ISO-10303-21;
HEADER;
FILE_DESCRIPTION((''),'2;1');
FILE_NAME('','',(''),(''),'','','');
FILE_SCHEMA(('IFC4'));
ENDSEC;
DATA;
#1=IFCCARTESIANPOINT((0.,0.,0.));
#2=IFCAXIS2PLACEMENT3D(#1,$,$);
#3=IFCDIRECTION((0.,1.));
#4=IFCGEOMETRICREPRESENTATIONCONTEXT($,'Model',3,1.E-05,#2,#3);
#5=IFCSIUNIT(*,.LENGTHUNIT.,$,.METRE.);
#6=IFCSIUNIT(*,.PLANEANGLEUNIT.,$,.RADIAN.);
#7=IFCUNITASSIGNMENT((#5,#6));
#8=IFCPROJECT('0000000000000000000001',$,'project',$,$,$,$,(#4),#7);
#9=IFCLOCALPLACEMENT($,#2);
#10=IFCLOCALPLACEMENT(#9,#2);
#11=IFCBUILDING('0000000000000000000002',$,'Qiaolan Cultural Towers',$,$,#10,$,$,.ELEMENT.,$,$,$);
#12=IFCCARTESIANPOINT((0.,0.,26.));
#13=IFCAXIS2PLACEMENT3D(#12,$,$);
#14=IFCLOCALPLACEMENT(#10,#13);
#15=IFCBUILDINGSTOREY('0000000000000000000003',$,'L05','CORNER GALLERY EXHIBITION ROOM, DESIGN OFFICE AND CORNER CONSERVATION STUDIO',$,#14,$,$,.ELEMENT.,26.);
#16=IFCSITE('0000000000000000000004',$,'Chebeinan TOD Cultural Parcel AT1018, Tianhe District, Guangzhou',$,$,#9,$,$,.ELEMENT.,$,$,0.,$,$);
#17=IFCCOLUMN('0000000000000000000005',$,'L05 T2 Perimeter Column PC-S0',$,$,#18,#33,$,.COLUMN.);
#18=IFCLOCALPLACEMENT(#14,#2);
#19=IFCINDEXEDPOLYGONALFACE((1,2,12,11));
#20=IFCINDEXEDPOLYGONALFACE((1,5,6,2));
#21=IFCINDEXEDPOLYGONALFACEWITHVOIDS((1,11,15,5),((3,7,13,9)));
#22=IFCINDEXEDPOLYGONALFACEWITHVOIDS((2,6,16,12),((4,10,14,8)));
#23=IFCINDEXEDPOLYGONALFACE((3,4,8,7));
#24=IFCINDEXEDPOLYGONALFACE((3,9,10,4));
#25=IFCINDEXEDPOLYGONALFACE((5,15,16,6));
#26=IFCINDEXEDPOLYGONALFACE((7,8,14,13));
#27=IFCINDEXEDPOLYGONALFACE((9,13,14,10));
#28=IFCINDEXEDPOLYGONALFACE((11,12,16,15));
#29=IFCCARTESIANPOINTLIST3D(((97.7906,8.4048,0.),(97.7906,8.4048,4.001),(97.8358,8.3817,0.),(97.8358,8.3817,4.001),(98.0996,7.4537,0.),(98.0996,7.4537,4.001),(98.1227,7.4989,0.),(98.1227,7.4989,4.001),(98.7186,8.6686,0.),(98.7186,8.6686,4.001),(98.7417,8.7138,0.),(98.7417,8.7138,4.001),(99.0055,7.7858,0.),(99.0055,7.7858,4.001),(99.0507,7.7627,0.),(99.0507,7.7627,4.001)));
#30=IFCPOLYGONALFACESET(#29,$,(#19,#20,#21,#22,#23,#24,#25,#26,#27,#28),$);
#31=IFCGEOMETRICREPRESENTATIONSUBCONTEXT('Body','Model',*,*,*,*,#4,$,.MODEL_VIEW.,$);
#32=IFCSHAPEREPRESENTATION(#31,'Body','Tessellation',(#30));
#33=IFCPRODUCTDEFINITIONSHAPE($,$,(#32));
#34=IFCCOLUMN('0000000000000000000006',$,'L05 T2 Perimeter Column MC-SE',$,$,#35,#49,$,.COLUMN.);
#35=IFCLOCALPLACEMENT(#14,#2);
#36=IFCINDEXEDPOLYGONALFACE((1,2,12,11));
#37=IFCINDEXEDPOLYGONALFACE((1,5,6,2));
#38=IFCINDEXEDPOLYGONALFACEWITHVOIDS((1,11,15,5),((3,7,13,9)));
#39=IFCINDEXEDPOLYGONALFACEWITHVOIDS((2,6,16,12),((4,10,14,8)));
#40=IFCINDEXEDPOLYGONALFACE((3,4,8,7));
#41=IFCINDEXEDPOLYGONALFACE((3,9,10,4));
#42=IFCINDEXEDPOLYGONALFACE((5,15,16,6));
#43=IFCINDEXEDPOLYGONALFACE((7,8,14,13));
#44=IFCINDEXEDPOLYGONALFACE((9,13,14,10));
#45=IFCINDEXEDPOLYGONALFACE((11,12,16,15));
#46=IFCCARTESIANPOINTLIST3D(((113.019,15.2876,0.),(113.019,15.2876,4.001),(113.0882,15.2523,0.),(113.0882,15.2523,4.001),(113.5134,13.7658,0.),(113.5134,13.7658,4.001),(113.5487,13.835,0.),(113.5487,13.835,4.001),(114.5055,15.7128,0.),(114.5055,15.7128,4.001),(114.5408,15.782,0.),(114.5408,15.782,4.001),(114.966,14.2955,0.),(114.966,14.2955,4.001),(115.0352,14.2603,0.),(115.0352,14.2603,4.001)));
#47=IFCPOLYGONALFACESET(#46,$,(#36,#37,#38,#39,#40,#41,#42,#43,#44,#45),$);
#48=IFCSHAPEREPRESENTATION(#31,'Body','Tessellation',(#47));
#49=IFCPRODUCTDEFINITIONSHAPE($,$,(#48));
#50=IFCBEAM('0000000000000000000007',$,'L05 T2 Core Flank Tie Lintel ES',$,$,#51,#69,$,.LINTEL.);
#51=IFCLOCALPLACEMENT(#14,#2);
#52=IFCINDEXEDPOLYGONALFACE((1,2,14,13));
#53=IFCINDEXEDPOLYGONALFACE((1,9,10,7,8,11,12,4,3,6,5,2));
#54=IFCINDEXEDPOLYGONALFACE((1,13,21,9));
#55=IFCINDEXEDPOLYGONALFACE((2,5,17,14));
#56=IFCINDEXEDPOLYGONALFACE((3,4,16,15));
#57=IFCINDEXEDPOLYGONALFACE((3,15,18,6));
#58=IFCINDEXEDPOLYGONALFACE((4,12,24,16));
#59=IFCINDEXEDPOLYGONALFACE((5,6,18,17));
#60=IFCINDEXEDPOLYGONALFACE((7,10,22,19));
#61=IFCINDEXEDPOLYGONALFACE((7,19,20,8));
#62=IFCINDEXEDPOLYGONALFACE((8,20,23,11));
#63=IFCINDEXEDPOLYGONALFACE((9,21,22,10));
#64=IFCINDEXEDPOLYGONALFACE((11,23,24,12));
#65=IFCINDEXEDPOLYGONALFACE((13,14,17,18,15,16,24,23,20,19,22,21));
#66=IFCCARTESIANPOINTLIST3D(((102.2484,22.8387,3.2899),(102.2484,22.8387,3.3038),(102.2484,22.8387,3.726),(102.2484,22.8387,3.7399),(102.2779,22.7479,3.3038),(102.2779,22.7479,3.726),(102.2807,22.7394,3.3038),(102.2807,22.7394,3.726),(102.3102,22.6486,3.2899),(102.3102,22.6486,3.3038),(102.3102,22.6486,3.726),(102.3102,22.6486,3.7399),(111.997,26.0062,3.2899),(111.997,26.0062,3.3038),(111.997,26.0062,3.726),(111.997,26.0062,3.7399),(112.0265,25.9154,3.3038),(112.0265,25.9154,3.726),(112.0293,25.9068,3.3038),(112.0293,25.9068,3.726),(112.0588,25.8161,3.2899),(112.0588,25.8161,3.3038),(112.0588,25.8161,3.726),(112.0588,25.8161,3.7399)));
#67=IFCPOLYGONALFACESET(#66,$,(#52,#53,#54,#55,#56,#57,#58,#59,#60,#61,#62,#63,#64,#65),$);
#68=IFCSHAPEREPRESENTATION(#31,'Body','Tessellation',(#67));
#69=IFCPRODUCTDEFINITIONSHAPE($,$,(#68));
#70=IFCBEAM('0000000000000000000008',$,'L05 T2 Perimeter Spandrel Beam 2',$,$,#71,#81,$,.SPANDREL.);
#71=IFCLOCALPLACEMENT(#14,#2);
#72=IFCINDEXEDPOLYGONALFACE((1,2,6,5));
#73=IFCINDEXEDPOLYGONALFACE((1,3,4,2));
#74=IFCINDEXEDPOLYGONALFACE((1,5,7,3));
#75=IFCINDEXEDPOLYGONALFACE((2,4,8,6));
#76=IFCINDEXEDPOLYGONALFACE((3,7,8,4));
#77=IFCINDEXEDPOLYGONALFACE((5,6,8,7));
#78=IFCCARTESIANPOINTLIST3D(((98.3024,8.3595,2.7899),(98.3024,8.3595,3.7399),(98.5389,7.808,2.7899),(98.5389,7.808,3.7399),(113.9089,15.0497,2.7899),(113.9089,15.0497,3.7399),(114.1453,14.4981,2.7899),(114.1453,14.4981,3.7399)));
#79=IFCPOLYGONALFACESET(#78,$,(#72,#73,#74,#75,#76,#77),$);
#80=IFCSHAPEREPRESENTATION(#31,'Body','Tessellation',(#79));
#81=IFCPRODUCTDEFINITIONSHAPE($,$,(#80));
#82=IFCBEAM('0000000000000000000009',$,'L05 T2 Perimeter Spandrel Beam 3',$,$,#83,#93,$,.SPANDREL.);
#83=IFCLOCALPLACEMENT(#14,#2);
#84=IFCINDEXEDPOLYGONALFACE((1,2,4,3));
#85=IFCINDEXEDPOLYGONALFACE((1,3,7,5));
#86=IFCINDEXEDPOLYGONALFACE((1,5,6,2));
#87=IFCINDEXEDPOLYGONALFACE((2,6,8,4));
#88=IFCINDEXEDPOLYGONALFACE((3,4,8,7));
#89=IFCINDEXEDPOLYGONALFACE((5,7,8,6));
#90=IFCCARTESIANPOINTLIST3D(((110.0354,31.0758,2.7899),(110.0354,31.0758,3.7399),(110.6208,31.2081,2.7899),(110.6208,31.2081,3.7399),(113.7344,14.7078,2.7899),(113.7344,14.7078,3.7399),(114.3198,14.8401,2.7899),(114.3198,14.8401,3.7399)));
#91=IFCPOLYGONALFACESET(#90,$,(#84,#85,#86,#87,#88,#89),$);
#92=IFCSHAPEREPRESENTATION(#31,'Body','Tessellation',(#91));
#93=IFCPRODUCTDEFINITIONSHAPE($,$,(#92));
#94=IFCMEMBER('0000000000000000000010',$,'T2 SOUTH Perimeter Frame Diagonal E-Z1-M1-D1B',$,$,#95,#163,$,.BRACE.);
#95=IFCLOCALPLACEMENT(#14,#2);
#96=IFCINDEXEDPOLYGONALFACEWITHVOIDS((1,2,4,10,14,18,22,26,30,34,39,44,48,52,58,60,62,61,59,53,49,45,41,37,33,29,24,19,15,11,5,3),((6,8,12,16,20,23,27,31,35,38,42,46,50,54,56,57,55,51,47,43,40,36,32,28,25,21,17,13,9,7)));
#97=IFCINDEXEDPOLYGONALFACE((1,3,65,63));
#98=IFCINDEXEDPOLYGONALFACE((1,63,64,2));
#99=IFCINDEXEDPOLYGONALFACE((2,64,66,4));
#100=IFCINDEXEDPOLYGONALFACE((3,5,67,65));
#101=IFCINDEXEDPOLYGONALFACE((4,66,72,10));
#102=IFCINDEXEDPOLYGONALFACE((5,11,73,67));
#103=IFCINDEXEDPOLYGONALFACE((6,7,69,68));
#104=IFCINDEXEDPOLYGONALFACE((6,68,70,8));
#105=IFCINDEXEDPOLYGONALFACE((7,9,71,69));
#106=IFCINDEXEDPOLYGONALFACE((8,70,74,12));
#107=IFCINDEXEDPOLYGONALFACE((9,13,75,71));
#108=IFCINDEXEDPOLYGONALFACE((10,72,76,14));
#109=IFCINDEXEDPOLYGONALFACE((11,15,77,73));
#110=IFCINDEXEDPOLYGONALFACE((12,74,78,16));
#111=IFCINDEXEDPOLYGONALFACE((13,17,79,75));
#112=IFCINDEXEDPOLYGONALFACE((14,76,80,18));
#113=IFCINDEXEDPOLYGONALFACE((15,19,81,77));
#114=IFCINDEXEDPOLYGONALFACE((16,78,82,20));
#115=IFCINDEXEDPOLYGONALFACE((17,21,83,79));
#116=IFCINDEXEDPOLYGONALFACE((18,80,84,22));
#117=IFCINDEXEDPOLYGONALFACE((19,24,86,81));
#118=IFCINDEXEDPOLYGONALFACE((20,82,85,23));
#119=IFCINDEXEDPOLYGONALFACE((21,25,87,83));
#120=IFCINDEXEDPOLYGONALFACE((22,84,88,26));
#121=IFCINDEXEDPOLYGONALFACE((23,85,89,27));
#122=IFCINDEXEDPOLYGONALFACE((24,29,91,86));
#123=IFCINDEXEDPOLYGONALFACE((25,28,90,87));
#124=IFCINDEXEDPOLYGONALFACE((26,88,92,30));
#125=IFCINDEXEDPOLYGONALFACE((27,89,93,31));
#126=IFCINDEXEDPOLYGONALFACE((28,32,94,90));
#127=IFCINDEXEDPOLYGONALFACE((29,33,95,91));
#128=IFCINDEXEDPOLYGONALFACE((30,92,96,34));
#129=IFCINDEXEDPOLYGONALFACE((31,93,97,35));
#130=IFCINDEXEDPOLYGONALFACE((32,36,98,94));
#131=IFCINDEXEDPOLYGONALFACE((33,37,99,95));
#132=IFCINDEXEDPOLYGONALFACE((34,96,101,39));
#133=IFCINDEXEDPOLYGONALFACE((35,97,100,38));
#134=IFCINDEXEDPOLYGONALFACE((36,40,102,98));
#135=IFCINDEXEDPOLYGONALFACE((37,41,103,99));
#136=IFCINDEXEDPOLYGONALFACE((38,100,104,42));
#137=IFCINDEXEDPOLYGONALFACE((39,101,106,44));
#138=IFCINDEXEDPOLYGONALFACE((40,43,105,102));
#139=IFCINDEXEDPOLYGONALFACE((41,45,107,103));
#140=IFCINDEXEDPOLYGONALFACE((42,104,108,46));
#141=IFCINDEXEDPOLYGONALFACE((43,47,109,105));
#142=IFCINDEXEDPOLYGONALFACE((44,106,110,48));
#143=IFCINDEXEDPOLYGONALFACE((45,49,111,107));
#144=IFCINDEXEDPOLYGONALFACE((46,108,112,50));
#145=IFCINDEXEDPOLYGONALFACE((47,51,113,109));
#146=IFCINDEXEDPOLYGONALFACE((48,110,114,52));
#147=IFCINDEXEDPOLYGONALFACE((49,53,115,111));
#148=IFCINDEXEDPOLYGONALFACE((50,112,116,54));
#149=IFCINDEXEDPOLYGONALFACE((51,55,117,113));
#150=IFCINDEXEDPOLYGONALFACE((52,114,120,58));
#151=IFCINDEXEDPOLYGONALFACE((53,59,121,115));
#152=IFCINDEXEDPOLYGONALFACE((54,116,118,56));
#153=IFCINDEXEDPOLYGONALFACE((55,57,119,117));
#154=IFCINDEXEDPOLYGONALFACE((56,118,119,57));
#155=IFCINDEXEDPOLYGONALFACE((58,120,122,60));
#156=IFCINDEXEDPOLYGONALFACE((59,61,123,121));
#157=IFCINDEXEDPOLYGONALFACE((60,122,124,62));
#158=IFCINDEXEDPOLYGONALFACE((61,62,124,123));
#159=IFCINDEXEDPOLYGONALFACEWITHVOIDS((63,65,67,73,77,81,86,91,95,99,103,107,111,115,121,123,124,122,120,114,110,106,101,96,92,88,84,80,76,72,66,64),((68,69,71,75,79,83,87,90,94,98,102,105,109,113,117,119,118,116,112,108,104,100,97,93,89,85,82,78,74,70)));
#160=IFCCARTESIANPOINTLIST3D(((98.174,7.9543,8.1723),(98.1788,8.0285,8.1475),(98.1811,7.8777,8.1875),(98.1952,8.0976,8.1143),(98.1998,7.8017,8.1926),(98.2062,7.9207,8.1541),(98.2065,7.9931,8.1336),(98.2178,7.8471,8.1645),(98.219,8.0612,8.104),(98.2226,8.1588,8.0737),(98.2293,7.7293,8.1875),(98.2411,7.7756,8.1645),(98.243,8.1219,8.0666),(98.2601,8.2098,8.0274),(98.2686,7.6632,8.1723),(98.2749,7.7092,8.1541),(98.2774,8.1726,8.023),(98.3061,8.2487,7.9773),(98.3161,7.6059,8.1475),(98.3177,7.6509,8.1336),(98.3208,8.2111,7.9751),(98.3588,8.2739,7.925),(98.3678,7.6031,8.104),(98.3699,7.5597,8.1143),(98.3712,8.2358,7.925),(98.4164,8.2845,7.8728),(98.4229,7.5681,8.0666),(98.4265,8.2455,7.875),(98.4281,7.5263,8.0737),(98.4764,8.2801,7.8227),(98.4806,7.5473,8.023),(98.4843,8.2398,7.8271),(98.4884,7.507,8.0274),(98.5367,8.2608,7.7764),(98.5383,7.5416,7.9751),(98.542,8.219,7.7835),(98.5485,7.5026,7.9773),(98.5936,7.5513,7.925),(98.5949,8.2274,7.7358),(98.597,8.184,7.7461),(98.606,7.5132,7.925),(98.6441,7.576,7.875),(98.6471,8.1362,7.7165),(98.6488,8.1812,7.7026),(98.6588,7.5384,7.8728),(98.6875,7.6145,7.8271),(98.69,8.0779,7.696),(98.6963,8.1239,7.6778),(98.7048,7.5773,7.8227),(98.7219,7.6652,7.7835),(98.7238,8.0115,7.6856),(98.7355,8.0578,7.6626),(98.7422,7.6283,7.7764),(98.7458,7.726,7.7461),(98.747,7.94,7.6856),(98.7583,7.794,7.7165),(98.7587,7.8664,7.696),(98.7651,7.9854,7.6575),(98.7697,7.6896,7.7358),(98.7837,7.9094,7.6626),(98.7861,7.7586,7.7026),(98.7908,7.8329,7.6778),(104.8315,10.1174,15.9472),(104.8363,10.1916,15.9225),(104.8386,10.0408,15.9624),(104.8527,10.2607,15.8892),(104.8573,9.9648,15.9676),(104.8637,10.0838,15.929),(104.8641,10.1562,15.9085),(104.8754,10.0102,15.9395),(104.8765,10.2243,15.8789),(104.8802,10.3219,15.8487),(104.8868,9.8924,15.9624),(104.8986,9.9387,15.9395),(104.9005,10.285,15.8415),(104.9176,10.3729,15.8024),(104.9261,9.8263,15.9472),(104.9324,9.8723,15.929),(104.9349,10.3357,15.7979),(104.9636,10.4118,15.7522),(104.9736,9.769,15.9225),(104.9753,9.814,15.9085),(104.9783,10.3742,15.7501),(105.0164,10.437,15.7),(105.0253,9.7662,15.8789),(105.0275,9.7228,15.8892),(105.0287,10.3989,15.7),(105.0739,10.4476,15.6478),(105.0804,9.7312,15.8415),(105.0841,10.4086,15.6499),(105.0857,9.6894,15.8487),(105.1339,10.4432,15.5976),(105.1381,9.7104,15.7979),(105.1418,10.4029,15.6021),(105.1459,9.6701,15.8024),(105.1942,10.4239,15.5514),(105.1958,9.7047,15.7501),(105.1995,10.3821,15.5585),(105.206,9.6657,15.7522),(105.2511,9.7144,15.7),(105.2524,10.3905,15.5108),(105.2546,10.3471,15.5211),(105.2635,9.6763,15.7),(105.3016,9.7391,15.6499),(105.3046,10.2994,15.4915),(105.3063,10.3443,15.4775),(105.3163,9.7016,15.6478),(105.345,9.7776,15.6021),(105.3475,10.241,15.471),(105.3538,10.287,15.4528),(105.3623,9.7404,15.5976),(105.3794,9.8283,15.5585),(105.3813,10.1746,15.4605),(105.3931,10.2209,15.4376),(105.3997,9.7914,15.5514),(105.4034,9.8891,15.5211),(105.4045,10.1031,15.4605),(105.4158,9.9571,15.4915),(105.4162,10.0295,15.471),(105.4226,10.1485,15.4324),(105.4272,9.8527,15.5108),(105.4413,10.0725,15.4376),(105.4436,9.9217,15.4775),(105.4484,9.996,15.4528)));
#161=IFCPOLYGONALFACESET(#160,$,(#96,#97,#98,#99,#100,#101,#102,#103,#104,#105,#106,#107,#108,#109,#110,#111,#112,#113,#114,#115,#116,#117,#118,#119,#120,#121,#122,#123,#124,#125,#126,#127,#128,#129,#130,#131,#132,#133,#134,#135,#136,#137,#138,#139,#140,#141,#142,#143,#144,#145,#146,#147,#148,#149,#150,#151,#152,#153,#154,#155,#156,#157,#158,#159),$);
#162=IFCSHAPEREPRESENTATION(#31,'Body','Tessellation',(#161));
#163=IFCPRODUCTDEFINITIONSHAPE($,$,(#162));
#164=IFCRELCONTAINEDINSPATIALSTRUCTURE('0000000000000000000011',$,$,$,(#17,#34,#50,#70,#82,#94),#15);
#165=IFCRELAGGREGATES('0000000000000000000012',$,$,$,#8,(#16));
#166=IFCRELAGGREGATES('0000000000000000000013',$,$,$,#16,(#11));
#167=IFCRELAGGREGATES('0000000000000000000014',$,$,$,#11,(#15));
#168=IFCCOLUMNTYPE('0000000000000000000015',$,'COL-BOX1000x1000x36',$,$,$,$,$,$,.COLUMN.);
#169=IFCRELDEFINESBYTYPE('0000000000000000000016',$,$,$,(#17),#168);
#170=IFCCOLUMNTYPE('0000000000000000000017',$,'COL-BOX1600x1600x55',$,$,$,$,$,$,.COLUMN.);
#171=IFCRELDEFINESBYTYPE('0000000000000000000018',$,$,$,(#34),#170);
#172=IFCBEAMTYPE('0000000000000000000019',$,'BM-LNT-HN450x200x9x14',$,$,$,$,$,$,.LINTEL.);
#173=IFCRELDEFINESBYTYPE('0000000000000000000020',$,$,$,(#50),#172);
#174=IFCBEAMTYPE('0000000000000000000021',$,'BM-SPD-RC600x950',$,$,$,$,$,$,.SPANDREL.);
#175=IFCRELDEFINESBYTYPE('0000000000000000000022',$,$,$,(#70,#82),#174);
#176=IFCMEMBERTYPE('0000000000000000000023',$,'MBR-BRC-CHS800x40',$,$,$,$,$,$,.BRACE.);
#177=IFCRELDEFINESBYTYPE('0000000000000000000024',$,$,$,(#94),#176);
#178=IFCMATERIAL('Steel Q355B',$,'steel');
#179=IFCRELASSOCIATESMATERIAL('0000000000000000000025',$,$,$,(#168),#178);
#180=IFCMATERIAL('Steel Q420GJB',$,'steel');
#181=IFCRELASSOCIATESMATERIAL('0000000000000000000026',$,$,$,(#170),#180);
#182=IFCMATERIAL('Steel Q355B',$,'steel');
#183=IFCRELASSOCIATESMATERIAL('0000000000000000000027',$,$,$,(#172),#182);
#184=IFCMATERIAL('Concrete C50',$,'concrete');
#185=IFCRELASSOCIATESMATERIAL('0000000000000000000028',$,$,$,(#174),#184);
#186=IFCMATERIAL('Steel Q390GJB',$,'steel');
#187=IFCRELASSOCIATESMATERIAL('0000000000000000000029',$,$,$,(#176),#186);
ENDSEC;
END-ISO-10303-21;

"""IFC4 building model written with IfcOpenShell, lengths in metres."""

from ifc_helpers import new_model, si_unit, direction, frame, origin, origin_2d, place, context, subcontext, project, spatial, rectangle, hollow_rectangle, hollow_circle, i_section, extrude, material, material_profile, profile_set, type_object, element, save


model = new_model("IFC4")

# Units and contexts
model_context = context("Model", 3, precision=1e-05, world=origin(), true_north=direction((0.0, 1.0)))
body_context = subcontext(model_context, "Body", "Model", "MODEL_VIEW")
ifc_project = project(units=[si_unit("LENGTHUNIT", "METRE"), si_unit("PLANEANGLEUNIT", "RADIAN")], contexts=[model_context])

# Site, building, storey
site_placement = place(None, origin())
site = spatial("IfcSite", under=ifc_project, at=site_placement, Name="Chebeinan TOD Cultural Parcel AT1018, Tianhe District, Guangzhou", CompositionType="ELEMENT", RefElevation=0.0)
building_placement = place(site_placement, origin())
building = spatial("IfcBuilding", under=site, at=building_placement, Name="Qiaolan Cultural Towers", CompositionType="ELEMENT")
storey_placement = place(building_placement, frame((0.0, 0.0, 26.0)))
storey = spatial("IfcBuildingStorey", under=building, at=storey_placement, Name="L05", Description="CORNER GALLERY EXHIBITION ROOM, DESIGN OFFICE AND CORNER CONSERVATION STUDIO", CompositionType="ELEMENT", Elevation=26.0)

# Columns
ifc_material_1 = material(Name="Steel Q355B", Category="steel")
ifc_material_profile_1 = material_profile(ifc_material_1, hollow_rectangle(XDim=1.0, YDim=1.0, WallThickness=0.0359, at=origin_2d()), Name="BOX1000x1000x36")
ifc_profile_set_1 = profile_set([ifc_material_profile_1], Name="Steel Q355B")
column_type_1 = type_object("IfcColumnType", Name="COL-BOX1000x1000x36", PredefinedType="COLUMN", material=ifc_profile_set_1)
column_1_placement = place(storey_placement, frame((98.4207, 8.0837, 0.0), z_axis=(0.0, 0.0, 1.0), x_axis=(0.951057, 0.309017, 0.0)))
element("IfcColumn", 1, at=column_1_placement, inside=storey, type_object=column_type_1, Name="L05 T2 Perimeter Column PC-S0", PredefinedType="COLUMN", context=body_context, shape_type="SweptSolid", body=[
    extrude(hollow_rectangle(XDim=1.0, YDim=1.0, WallThickness=0.0359, at=origin_2d()), origin(), (0.0, 0.0, 1.0), 4.001),
])
ifc_material_2 = material(Name="Steel Q420GJB", Category="steel")
ifc_material_profile_2 = material_profile(ifc_material_2, hollow_rectangle(XDim=1.6001, YDim=1.6001, WallThickness=0.0549, at=origin_2d()), Name="BOX1600x1600x55")
ifc_profile_set_2 = profile_set([ifc_material_profile_2], Name="Steel Q420GJB")
column_type_2 = type_object("IfcColumnType", Name="COL-BOX1600x1600x55", PredefinedType="COLUMN", material=ifc_profile_set_2)
column_2_placement = place(storey_placement, frame((114.0271, 14.7739, 0.0), z_axis=(0.0, 0.0, 1.0), x_axis=(0.951057, 0.309017, 0.0)))
element("IfcColumn", 2, at=column_2_placement, inside=storey, type_object=column_type_2, Name="L05 T2 Perimeter Column MC-SE", PredefinedType="COLUMN", context=body_context, shape_type="SweptSolid", body=[
    extrude(hollow_rectangle(XDim=1.6001, YDim=1.6001, WallThickness=0.0549, at=origin_2d()), origin(), (0.0, 0.0, 1.0), 4.001),
])

# Beams
ifc_material_3 = material(Name="Steel Q355B", Category="steel")
ifc_material_profile_3 = material_profile(ifc_material_3, i_section(OverallWidth=0.2, OverallDepth=0.45, WebThickness=0.009, FlangeThickness=0.0139, at=origin_2d()), Name="HN450x200x9x14")
ifc_profile_set_3 = profile_set([ifc_material_profile_3], Name="Steel Q355B")
beam_type_1 = type_object("IfcBeamType", Name="BM-LNT-HN450x200x9x14", PredefinedType="LINTEL", material=ifc_profile_set_3)
beam_1_placement = place(storey_placement, frame((102.2793, 22.7437, 3.5149), z_axis=(0.951057, 0.309016, 0.0), x_axis=(-0.309016, 0.951057, 0.0)))
element("IfcBeam", 3, at=beam_1_placement, inside=storey, type_object=beam_type_1, Name="L05 T2 Core Flank Tie Lintel ES", PredefinedType="LINTEL", context=body_context, shape_type="SweptSolid", body=[
    extrude(i_section(OverallWidth=0.2, OverallDepth=0.45, WebThickness=0.009, FlangeThickness=0.0139, at=origin_2d()), origin(), (0.0, 0.0, 1.0), 10.2502),
])
ifc_material_4 = material(Name="Concrete C50", Category="concrete")
ifc_material_profile_4 = material_profile(ifc_material_4, rectangle(XDim=0.6001, YDim=0.95, at=origin_2d()), Name="RC600x950")
ifc_profile_set_4 = profile_set([ifc_material_profile_4], Name="Concrete C50")
beam_type_2 = type_object("IfcBeamType", Name="BM-SPD-RC600x950", PredefinedType="SPANDREL", material=ifc_profile_set_4)
beam_2_placement = place(storey_placement, frame((98.4207, 8.0837, 3.2649), z_axis=(0.919109, 0.394004, 0.0), x_axis=(-0.394004, 0.919109, 0.0)))
element("IfcBeam", 4, at=beam_2_placement, inside=storey, type_object=beam_type_2, Name="L05 T2 Perimeter Spandrel Beam 2", PredefinedType="SPANDREL", context=body_context, shape_type="SweptSolid", body=[
    extrude(rectangle(XDim=0.6001, YDim=0.95, at=origin_2d()), origin(), (0.0, 0.0, 1.0), 16.98),
])
beam_3_placement = place(storey_placement, frame((114.0271, 14.7739, 3.2649), z_axis=(-0.220431, 0.975403, 0.0), x_axis=(-0.975403, -0.220431, 0.0)))
element("IfcBeam", 5, at=beam_3_placement, inside=storey, type_object=beam_type_2, Name="L05 T2 Perimeter Spandrel Beam 3", PredefinedType="SPANDREL", context=body_context, shape_type="SweptSolid", body=[
    extrude(rectangle(XDim=0.6001, YDim=0.95, at=origin_2d()), origin(), (0.0, 0.0, 1.0), 16.7808),
])

# Member
ifc_material_5 = material(Name="Steel Q390GJB", Category="steel")
ifc_material_profile_5 = material_profile(ifc_material_5, hollow_circle(Radius=0.3999, WallThickness=0.04, at=origin_2d()), Name="CHS800x40")
ifc_profile_set_5 = profile_set([ifc_material_profile_5], Name="Steel Q390GJB")
member_type = type_object("IfcMemberType", Name="MBR-BRC-CHS800x40", PredefinedType="BRACE", material=ifc_profile_set_5)
for number, where, z_axis, x_axis, name in (
    (6, (98.4824, 7.8936, 7.925), (0.636358, 0.20676, 0.743168), (-0.30901, 0.951059, 0.0), "T2 SOUTH Perimeter Frame Diagonal E-Z1-M1-D1B"),
):
    element("IfcMember", number, at=place(storey_placement, frame(where, z_axis=z_axis, x_axis=x_axis)), inside=storey, type_object=member_type, Name=name, PredefinedType="BRACE", context=body_context, shape_type="SweptSolid", body=[
        extrude(hollow_circle(Radius=0.3999, WallThickness=0.04, at=origin_2d()), origin(), (0.0, 0.0, 1.0), 10.4619),
    ])

save(model, "model.ifc")
